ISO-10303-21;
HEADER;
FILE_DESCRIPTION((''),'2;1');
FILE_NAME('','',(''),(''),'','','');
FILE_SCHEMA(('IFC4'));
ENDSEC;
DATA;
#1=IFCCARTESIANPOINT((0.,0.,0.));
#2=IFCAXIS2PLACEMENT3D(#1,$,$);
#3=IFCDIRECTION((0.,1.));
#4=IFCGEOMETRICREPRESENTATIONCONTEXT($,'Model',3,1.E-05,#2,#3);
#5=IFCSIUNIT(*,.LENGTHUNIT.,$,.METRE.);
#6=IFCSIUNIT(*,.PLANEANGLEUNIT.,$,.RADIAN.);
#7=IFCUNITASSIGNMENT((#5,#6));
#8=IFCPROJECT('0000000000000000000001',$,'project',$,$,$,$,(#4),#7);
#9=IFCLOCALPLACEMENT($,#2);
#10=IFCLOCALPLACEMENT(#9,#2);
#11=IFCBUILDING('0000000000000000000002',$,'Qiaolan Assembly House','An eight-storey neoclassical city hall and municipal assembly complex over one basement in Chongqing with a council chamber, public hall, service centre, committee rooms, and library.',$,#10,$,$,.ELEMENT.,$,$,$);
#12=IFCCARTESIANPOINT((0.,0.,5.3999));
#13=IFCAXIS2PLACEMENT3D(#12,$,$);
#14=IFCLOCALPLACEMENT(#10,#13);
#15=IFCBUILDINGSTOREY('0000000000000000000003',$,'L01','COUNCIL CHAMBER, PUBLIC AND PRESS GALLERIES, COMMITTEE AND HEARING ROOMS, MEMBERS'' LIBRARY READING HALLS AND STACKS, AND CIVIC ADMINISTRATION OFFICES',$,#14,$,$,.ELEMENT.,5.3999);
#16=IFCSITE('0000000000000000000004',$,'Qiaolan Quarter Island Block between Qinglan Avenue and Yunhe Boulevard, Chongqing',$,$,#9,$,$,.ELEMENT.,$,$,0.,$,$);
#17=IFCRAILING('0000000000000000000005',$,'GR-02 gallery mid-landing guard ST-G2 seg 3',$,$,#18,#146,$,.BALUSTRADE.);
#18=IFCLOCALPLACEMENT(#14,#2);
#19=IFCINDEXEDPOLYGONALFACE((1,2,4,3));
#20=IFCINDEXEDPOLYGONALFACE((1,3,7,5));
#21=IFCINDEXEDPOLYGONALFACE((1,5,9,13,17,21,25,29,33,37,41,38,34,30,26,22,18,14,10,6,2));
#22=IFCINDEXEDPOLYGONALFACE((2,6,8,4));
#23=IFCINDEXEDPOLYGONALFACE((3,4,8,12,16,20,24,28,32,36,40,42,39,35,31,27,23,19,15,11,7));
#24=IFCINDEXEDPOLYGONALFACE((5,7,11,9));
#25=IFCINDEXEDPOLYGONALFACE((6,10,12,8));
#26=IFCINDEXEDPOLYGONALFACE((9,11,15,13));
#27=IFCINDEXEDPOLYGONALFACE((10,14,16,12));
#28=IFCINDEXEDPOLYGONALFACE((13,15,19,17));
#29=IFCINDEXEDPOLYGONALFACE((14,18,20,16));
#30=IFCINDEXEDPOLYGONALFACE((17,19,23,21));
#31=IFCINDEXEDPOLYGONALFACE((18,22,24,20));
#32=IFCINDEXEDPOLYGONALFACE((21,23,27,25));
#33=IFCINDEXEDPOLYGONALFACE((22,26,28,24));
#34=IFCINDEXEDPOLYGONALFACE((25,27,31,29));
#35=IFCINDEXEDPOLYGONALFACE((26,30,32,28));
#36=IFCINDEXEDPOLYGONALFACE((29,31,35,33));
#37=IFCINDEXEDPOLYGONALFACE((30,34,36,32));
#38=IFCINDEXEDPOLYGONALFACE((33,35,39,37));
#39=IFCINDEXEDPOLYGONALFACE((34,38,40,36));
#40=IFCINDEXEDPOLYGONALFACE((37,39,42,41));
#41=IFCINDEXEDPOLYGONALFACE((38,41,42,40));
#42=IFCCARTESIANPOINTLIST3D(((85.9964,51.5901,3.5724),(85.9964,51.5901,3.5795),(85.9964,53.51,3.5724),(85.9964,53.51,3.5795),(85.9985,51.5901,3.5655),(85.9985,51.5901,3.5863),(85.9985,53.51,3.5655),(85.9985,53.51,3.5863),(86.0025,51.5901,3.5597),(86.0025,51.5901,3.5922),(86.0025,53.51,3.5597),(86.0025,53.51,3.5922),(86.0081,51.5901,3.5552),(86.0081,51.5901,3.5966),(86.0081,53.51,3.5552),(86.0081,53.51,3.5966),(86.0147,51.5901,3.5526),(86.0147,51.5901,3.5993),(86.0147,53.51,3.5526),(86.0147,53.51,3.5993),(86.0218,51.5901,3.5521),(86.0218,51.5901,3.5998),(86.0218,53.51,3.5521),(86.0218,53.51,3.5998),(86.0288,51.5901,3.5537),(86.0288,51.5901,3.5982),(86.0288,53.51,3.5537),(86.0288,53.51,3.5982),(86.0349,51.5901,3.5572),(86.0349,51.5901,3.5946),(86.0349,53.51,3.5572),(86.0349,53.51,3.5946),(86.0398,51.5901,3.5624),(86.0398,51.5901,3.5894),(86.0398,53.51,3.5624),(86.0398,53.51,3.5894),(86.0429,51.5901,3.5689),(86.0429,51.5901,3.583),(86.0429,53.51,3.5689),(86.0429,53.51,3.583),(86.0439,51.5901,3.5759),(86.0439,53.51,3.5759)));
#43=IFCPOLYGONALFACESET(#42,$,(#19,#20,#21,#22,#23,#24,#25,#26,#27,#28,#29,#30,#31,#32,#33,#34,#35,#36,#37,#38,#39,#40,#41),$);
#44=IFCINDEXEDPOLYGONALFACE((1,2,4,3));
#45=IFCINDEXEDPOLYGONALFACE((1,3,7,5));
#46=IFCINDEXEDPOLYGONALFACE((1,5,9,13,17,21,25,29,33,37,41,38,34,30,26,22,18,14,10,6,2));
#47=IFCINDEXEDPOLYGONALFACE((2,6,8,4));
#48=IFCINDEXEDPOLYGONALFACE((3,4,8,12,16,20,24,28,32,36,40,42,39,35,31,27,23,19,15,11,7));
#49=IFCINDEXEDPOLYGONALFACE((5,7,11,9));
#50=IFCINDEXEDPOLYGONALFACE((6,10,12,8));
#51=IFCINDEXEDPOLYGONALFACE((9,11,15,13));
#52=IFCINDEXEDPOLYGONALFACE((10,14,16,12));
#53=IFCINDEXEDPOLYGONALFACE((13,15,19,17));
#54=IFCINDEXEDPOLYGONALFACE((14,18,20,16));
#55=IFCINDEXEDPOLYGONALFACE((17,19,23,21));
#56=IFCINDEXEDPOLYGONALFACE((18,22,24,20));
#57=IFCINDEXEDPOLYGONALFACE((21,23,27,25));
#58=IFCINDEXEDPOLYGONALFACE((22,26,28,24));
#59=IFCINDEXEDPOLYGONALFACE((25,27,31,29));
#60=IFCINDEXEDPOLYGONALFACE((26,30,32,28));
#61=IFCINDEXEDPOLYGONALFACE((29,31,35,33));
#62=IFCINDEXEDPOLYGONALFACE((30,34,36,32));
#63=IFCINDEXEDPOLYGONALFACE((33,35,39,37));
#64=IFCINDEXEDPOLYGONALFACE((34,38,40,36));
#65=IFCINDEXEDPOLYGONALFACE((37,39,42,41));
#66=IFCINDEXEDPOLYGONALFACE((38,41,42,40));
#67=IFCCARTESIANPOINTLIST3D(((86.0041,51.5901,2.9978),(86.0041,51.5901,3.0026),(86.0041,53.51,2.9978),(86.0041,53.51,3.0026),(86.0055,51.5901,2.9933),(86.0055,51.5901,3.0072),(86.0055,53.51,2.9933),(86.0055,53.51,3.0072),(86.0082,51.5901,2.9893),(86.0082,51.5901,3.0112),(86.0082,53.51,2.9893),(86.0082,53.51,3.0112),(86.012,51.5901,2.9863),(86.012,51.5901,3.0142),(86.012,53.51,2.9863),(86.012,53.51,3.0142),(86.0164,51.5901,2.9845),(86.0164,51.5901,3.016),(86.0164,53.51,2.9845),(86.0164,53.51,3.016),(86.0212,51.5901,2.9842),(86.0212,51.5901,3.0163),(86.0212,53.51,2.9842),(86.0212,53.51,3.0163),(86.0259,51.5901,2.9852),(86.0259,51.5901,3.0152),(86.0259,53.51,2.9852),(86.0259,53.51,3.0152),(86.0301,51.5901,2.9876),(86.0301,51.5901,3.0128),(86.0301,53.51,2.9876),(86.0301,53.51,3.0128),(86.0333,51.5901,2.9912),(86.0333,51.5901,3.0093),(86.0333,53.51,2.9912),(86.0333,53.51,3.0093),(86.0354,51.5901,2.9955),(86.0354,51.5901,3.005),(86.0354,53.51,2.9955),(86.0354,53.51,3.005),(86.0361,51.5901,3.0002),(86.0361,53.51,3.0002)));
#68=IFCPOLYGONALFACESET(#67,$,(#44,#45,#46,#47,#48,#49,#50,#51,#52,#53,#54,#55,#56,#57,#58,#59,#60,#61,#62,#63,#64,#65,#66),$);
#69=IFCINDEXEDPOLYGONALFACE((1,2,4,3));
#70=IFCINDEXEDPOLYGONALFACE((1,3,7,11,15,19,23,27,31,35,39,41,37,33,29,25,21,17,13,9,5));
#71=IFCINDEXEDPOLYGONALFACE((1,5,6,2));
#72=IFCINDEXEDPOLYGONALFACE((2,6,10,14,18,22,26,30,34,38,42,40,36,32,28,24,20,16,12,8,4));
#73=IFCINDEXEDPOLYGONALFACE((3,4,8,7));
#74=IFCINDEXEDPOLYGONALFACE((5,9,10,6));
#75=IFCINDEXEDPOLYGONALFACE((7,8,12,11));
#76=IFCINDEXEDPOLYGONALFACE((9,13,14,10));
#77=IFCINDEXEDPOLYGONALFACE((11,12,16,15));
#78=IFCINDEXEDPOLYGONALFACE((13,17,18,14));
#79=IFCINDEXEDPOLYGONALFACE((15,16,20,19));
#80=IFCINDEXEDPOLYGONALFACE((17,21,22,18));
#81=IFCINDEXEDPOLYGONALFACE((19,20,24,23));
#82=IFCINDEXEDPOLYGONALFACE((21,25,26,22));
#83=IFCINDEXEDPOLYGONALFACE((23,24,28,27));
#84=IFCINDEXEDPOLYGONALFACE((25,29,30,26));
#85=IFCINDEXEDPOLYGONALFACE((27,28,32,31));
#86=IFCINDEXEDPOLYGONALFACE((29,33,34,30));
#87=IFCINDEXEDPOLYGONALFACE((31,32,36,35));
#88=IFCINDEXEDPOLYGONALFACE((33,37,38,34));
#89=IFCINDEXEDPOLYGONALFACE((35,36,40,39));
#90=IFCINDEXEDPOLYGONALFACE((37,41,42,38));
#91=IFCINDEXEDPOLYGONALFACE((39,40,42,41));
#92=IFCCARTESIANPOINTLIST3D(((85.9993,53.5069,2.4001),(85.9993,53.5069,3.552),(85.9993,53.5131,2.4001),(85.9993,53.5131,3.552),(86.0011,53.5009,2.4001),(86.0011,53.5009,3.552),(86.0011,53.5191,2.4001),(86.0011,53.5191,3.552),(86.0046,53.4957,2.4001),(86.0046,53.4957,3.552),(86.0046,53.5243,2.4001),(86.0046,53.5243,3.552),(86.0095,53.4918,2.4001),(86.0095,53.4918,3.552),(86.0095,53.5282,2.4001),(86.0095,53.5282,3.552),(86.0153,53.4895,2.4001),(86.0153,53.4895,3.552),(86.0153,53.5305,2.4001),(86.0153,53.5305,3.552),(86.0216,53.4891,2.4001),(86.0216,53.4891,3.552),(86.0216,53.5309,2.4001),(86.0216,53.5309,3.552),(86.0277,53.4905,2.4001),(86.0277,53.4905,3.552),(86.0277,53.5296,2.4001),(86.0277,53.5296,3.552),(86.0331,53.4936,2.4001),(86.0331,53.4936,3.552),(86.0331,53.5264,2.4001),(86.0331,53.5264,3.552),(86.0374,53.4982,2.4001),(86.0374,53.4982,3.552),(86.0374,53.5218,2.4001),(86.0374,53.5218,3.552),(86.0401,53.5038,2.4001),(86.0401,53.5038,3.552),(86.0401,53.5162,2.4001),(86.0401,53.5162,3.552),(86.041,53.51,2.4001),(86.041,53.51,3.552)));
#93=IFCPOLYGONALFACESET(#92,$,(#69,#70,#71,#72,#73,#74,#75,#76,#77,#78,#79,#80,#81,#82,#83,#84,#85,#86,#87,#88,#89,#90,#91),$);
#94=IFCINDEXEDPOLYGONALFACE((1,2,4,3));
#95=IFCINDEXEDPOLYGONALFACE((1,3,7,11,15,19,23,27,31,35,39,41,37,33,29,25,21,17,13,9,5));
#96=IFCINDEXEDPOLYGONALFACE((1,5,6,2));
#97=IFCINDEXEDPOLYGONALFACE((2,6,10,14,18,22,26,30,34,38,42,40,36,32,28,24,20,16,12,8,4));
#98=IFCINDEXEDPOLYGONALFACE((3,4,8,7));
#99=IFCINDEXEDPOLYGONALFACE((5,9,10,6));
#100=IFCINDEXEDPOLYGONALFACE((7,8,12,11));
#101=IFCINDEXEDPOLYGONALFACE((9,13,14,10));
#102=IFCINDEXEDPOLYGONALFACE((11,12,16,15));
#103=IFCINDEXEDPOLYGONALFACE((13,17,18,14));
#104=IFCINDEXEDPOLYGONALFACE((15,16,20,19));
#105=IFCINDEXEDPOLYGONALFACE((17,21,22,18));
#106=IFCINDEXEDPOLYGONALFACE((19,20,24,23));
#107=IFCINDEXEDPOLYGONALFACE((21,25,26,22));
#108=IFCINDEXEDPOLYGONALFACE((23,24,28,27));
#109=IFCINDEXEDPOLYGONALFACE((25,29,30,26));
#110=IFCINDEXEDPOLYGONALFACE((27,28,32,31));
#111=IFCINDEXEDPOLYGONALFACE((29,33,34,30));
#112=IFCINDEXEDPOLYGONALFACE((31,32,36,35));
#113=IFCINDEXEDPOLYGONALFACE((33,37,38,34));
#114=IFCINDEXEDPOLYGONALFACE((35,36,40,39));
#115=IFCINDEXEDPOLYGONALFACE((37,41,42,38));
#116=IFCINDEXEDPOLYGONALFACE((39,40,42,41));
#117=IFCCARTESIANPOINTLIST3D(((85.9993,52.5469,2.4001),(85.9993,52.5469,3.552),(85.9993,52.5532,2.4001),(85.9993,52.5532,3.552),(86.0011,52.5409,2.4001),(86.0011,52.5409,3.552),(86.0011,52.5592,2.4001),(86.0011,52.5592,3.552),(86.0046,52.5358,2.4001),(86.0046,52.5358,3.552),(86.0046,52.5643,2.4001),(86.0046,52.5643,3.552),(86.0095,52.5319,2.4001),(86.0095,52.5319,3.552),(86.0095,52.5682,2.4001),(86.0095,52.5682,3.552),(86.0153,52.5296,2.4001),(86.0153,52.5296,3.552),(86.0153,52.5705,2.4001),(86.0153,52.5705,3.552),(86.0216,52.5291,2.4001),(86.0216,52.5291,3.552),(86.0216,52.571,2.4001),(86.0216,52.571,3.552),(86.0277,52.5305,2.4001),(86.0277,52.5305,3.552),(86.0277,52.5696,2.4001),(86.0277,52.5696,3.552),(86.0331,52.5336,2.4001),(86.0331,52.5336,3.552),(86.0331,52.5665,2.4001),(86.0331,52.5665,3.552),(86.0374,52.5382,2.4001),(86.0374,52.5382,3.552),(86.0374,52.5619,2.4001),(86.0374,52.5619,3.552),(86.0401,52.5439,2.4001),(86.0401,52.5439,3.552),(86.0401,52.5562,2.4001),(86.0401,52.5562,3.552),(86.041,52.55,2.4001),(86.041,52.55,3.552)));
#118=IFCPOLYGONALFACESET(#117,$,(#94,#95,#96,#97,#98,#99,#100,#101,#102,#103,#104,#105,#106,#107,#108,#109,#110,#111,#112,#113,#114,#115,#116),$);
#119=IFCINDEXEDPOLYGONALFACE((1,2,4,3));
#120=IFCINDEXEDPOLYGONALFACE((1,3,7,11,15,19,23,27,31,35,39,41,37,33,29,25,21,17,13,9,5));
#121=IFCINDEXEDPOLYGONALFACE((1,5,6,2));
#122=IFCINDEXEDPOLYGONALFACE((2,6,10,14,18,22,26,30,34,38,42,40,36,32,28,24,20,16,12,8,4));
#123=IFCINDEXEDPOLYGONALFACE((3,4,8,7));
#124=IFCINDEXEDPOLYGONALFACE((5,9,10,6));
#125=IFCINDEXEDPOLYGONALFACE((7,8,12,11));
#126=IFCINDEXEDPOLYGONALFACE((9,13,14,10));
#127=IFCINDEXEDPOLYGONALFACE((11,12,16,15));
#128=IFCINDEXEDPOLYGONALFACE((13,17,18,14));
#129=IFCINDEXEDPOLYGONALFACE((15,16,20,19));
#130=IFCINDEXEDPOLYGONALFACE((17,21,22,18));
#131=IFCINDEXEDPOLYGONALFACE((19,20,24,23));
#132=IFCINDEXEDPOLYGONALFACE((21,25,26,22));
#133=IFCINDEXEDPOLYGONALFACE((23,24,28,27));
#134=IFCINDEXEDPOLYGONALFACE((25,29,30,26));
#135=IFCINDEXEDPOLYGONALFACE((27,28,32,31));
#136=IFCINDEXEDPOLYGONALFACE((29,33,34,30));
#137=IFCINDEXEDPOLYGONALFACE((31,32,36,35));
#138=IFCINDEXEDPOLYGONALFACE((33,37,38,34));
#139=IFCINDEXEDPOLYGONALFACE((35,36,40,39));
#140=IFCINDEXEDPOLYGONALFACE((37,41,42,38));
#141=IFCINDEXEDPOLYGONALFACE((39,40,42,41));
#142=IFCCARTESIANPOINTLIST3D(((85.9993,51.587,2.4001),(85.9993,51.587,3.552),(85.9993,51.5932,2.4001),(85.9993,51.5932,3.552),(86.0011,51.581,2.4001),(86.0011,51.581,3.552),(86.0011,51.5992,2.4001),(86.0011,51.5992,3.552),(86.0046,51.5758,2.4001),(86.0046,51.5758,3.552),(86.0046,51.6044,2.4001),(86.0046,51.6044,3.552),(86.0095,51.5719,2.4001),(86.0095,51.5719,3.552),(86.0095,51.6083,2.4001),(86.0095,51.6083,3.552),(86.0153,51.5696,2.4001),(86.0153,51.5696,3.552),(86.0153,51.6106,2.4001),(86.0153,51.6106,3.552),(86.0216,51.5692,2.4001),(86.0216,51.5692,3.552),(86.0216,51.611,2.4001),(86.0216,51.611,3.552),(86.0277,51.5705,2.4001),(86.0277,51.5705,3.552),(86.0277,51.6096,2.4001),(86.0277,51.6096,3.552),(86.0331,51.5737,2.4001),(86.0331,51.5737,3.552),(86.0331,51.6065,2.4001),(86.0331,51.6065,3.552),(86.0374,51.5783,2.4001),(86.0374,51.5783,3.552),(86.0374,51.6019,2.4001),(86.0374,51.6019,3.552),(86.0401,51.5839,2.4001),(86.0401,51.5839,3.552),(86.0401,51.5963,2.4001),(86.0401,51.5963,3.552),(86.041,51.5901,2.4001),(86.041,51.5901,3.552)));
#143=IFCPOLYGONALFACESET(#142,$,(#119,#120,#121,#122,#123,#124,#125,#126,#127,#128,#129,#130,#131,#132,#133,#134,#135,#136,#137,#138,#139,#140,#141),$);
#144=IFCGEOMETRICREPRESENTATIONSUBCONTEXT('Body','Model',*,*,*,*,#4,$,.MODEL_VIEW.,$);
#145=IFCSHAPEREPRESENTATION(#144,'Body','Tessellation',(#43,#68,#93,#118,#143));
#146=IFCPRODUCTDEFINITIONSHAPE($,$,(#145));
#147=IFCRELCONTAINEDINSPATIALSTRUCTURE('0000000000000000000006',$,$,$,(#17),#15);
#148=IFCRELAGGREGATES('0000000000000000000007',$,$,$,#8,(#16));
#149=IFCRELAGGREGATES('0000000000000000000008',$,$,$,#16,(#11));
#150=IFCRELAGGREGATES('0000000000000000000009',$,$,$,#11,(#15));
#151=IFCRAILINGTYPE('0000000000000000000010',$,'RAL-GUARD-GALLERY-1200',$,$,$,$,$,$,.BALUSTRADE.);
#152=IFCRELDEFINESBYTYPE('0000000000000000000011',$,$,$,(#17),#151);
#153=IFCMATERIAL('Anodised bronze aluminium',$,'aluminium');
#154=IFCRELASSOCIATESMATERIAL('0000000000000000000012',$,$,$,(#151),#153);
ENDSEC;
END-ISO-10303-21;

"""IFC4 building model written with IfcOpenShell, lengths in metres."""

from ifc_helpers import new_model, si_unit, direction, frame, origin, origin_2d, place, context, subcontext, project, spatial, circle, extrude, material, type_object, element, save


model = new_model("IFC4")

# Units and contexts
model_context = context("Model", 3, precision=1e-05, world=origin(), true_north=direction((0.0, 1.0)))
body_context = subcontext(model_context, "Body", "Model", "MODEL_VIEW")
ifc_project = project(units=[si_unit("LENGTHUNIT", "METRE"), si_unit("PLANEANGLEUNIT", "RADIAN")], contexts=[model_context])

# Site, building, storey
site_placement = place(None, origin())
site = spatial("IfcSite", under=ifc_project, at=site_placement, Name="Qiaolan Quarter Island Block between Qinglan Avenue and Yunhe Boulevard, Chongqing", CompositionType="ELEMENT", RefElevation=0.0)
building_placement = place(site_placement, origin())
building = spatial("IfcBuilding", under=site, at=building_placement, Name="Qiaolan Assembly House", Description="An eight-storey neoclassical city hall and municipal assembly complex over one basement in Chongqing with a council chamber, public hall, service centre, committee rooms, and library.", CompositionType="ELEMENT")
storey_placement = place(building_placement, frame((0.0, 0.0, 5.3999)))
storey = spatial("IfcBuildingStorey", under=building, at=storey_placement, Name="L01", Description="COUNCIL CHAMBER, PUBLIC AND PRESS GALLERIES, COMMITTEE AND HEARING ROOMS, MEMBERS' LIBRARY READING HALLS AND STACKS, AND CIVIC ADMINISTRATION OFFICES", CompositionType="ELEMENT", Elevation=5.3999)

# Railing
ifc_material_1 = material(Name="Anodised bronze aluminium", Category="aluminium")
railing_type = type_object("IfcRailingType", Name="RAL-GUARD-GALLERY-1200", PredefinedType="BALUSTRADE", material=ifc_material_1)
railing_1_placement = place(storey_placement, frame((86.02, 53.51, 2.4001)))
element("IfcRailing", 1, at=railing_1_placement, inside=storey, type_object=railing_type, Name="GR-02 gallery mid-landing guard ST-G2 seg 3", PredefinedType="BALUSTRADE", context=body_context, shape_type="SweptSolid", body=[
    extrude(circle(Radius=0.0239, at=origin_2d()), frame((0.0, 0.0, 1.1758), z_axis=(0.0, -1.0, 0.0), x_axis=(1.0, 0.0, 0.0)), (0.0, 0.0, 1.0), 1.9199),
    extrude(circle(Radius=0.0161, at=origin_2d()), frame((0.0, 0.0, 0.6001), z_axis=(0.0, -1.0, 0.0), x_axis=(1.0, 0.0, 0.0)), (0.0, 0.0, 1.0), 1.9199),
    extrude(circle(Radius=0.021, at=origin_2d()), origin(), (0.0, 0.0, 1.0), 1.1519),
    extrude(circle(Radius=0.021, at=origin_2d()), frame((0.0, -0.96, 0.0)), (0.0, 0.0, 1.0), 1.1519),
    extrude(circle(Radius=0.021, at=origin_2d()), frame((0.0, -1.9199, 0.0)), (0.0, 0.0, 1.0), 1.1519),
])

save(model, "model.ifc")
